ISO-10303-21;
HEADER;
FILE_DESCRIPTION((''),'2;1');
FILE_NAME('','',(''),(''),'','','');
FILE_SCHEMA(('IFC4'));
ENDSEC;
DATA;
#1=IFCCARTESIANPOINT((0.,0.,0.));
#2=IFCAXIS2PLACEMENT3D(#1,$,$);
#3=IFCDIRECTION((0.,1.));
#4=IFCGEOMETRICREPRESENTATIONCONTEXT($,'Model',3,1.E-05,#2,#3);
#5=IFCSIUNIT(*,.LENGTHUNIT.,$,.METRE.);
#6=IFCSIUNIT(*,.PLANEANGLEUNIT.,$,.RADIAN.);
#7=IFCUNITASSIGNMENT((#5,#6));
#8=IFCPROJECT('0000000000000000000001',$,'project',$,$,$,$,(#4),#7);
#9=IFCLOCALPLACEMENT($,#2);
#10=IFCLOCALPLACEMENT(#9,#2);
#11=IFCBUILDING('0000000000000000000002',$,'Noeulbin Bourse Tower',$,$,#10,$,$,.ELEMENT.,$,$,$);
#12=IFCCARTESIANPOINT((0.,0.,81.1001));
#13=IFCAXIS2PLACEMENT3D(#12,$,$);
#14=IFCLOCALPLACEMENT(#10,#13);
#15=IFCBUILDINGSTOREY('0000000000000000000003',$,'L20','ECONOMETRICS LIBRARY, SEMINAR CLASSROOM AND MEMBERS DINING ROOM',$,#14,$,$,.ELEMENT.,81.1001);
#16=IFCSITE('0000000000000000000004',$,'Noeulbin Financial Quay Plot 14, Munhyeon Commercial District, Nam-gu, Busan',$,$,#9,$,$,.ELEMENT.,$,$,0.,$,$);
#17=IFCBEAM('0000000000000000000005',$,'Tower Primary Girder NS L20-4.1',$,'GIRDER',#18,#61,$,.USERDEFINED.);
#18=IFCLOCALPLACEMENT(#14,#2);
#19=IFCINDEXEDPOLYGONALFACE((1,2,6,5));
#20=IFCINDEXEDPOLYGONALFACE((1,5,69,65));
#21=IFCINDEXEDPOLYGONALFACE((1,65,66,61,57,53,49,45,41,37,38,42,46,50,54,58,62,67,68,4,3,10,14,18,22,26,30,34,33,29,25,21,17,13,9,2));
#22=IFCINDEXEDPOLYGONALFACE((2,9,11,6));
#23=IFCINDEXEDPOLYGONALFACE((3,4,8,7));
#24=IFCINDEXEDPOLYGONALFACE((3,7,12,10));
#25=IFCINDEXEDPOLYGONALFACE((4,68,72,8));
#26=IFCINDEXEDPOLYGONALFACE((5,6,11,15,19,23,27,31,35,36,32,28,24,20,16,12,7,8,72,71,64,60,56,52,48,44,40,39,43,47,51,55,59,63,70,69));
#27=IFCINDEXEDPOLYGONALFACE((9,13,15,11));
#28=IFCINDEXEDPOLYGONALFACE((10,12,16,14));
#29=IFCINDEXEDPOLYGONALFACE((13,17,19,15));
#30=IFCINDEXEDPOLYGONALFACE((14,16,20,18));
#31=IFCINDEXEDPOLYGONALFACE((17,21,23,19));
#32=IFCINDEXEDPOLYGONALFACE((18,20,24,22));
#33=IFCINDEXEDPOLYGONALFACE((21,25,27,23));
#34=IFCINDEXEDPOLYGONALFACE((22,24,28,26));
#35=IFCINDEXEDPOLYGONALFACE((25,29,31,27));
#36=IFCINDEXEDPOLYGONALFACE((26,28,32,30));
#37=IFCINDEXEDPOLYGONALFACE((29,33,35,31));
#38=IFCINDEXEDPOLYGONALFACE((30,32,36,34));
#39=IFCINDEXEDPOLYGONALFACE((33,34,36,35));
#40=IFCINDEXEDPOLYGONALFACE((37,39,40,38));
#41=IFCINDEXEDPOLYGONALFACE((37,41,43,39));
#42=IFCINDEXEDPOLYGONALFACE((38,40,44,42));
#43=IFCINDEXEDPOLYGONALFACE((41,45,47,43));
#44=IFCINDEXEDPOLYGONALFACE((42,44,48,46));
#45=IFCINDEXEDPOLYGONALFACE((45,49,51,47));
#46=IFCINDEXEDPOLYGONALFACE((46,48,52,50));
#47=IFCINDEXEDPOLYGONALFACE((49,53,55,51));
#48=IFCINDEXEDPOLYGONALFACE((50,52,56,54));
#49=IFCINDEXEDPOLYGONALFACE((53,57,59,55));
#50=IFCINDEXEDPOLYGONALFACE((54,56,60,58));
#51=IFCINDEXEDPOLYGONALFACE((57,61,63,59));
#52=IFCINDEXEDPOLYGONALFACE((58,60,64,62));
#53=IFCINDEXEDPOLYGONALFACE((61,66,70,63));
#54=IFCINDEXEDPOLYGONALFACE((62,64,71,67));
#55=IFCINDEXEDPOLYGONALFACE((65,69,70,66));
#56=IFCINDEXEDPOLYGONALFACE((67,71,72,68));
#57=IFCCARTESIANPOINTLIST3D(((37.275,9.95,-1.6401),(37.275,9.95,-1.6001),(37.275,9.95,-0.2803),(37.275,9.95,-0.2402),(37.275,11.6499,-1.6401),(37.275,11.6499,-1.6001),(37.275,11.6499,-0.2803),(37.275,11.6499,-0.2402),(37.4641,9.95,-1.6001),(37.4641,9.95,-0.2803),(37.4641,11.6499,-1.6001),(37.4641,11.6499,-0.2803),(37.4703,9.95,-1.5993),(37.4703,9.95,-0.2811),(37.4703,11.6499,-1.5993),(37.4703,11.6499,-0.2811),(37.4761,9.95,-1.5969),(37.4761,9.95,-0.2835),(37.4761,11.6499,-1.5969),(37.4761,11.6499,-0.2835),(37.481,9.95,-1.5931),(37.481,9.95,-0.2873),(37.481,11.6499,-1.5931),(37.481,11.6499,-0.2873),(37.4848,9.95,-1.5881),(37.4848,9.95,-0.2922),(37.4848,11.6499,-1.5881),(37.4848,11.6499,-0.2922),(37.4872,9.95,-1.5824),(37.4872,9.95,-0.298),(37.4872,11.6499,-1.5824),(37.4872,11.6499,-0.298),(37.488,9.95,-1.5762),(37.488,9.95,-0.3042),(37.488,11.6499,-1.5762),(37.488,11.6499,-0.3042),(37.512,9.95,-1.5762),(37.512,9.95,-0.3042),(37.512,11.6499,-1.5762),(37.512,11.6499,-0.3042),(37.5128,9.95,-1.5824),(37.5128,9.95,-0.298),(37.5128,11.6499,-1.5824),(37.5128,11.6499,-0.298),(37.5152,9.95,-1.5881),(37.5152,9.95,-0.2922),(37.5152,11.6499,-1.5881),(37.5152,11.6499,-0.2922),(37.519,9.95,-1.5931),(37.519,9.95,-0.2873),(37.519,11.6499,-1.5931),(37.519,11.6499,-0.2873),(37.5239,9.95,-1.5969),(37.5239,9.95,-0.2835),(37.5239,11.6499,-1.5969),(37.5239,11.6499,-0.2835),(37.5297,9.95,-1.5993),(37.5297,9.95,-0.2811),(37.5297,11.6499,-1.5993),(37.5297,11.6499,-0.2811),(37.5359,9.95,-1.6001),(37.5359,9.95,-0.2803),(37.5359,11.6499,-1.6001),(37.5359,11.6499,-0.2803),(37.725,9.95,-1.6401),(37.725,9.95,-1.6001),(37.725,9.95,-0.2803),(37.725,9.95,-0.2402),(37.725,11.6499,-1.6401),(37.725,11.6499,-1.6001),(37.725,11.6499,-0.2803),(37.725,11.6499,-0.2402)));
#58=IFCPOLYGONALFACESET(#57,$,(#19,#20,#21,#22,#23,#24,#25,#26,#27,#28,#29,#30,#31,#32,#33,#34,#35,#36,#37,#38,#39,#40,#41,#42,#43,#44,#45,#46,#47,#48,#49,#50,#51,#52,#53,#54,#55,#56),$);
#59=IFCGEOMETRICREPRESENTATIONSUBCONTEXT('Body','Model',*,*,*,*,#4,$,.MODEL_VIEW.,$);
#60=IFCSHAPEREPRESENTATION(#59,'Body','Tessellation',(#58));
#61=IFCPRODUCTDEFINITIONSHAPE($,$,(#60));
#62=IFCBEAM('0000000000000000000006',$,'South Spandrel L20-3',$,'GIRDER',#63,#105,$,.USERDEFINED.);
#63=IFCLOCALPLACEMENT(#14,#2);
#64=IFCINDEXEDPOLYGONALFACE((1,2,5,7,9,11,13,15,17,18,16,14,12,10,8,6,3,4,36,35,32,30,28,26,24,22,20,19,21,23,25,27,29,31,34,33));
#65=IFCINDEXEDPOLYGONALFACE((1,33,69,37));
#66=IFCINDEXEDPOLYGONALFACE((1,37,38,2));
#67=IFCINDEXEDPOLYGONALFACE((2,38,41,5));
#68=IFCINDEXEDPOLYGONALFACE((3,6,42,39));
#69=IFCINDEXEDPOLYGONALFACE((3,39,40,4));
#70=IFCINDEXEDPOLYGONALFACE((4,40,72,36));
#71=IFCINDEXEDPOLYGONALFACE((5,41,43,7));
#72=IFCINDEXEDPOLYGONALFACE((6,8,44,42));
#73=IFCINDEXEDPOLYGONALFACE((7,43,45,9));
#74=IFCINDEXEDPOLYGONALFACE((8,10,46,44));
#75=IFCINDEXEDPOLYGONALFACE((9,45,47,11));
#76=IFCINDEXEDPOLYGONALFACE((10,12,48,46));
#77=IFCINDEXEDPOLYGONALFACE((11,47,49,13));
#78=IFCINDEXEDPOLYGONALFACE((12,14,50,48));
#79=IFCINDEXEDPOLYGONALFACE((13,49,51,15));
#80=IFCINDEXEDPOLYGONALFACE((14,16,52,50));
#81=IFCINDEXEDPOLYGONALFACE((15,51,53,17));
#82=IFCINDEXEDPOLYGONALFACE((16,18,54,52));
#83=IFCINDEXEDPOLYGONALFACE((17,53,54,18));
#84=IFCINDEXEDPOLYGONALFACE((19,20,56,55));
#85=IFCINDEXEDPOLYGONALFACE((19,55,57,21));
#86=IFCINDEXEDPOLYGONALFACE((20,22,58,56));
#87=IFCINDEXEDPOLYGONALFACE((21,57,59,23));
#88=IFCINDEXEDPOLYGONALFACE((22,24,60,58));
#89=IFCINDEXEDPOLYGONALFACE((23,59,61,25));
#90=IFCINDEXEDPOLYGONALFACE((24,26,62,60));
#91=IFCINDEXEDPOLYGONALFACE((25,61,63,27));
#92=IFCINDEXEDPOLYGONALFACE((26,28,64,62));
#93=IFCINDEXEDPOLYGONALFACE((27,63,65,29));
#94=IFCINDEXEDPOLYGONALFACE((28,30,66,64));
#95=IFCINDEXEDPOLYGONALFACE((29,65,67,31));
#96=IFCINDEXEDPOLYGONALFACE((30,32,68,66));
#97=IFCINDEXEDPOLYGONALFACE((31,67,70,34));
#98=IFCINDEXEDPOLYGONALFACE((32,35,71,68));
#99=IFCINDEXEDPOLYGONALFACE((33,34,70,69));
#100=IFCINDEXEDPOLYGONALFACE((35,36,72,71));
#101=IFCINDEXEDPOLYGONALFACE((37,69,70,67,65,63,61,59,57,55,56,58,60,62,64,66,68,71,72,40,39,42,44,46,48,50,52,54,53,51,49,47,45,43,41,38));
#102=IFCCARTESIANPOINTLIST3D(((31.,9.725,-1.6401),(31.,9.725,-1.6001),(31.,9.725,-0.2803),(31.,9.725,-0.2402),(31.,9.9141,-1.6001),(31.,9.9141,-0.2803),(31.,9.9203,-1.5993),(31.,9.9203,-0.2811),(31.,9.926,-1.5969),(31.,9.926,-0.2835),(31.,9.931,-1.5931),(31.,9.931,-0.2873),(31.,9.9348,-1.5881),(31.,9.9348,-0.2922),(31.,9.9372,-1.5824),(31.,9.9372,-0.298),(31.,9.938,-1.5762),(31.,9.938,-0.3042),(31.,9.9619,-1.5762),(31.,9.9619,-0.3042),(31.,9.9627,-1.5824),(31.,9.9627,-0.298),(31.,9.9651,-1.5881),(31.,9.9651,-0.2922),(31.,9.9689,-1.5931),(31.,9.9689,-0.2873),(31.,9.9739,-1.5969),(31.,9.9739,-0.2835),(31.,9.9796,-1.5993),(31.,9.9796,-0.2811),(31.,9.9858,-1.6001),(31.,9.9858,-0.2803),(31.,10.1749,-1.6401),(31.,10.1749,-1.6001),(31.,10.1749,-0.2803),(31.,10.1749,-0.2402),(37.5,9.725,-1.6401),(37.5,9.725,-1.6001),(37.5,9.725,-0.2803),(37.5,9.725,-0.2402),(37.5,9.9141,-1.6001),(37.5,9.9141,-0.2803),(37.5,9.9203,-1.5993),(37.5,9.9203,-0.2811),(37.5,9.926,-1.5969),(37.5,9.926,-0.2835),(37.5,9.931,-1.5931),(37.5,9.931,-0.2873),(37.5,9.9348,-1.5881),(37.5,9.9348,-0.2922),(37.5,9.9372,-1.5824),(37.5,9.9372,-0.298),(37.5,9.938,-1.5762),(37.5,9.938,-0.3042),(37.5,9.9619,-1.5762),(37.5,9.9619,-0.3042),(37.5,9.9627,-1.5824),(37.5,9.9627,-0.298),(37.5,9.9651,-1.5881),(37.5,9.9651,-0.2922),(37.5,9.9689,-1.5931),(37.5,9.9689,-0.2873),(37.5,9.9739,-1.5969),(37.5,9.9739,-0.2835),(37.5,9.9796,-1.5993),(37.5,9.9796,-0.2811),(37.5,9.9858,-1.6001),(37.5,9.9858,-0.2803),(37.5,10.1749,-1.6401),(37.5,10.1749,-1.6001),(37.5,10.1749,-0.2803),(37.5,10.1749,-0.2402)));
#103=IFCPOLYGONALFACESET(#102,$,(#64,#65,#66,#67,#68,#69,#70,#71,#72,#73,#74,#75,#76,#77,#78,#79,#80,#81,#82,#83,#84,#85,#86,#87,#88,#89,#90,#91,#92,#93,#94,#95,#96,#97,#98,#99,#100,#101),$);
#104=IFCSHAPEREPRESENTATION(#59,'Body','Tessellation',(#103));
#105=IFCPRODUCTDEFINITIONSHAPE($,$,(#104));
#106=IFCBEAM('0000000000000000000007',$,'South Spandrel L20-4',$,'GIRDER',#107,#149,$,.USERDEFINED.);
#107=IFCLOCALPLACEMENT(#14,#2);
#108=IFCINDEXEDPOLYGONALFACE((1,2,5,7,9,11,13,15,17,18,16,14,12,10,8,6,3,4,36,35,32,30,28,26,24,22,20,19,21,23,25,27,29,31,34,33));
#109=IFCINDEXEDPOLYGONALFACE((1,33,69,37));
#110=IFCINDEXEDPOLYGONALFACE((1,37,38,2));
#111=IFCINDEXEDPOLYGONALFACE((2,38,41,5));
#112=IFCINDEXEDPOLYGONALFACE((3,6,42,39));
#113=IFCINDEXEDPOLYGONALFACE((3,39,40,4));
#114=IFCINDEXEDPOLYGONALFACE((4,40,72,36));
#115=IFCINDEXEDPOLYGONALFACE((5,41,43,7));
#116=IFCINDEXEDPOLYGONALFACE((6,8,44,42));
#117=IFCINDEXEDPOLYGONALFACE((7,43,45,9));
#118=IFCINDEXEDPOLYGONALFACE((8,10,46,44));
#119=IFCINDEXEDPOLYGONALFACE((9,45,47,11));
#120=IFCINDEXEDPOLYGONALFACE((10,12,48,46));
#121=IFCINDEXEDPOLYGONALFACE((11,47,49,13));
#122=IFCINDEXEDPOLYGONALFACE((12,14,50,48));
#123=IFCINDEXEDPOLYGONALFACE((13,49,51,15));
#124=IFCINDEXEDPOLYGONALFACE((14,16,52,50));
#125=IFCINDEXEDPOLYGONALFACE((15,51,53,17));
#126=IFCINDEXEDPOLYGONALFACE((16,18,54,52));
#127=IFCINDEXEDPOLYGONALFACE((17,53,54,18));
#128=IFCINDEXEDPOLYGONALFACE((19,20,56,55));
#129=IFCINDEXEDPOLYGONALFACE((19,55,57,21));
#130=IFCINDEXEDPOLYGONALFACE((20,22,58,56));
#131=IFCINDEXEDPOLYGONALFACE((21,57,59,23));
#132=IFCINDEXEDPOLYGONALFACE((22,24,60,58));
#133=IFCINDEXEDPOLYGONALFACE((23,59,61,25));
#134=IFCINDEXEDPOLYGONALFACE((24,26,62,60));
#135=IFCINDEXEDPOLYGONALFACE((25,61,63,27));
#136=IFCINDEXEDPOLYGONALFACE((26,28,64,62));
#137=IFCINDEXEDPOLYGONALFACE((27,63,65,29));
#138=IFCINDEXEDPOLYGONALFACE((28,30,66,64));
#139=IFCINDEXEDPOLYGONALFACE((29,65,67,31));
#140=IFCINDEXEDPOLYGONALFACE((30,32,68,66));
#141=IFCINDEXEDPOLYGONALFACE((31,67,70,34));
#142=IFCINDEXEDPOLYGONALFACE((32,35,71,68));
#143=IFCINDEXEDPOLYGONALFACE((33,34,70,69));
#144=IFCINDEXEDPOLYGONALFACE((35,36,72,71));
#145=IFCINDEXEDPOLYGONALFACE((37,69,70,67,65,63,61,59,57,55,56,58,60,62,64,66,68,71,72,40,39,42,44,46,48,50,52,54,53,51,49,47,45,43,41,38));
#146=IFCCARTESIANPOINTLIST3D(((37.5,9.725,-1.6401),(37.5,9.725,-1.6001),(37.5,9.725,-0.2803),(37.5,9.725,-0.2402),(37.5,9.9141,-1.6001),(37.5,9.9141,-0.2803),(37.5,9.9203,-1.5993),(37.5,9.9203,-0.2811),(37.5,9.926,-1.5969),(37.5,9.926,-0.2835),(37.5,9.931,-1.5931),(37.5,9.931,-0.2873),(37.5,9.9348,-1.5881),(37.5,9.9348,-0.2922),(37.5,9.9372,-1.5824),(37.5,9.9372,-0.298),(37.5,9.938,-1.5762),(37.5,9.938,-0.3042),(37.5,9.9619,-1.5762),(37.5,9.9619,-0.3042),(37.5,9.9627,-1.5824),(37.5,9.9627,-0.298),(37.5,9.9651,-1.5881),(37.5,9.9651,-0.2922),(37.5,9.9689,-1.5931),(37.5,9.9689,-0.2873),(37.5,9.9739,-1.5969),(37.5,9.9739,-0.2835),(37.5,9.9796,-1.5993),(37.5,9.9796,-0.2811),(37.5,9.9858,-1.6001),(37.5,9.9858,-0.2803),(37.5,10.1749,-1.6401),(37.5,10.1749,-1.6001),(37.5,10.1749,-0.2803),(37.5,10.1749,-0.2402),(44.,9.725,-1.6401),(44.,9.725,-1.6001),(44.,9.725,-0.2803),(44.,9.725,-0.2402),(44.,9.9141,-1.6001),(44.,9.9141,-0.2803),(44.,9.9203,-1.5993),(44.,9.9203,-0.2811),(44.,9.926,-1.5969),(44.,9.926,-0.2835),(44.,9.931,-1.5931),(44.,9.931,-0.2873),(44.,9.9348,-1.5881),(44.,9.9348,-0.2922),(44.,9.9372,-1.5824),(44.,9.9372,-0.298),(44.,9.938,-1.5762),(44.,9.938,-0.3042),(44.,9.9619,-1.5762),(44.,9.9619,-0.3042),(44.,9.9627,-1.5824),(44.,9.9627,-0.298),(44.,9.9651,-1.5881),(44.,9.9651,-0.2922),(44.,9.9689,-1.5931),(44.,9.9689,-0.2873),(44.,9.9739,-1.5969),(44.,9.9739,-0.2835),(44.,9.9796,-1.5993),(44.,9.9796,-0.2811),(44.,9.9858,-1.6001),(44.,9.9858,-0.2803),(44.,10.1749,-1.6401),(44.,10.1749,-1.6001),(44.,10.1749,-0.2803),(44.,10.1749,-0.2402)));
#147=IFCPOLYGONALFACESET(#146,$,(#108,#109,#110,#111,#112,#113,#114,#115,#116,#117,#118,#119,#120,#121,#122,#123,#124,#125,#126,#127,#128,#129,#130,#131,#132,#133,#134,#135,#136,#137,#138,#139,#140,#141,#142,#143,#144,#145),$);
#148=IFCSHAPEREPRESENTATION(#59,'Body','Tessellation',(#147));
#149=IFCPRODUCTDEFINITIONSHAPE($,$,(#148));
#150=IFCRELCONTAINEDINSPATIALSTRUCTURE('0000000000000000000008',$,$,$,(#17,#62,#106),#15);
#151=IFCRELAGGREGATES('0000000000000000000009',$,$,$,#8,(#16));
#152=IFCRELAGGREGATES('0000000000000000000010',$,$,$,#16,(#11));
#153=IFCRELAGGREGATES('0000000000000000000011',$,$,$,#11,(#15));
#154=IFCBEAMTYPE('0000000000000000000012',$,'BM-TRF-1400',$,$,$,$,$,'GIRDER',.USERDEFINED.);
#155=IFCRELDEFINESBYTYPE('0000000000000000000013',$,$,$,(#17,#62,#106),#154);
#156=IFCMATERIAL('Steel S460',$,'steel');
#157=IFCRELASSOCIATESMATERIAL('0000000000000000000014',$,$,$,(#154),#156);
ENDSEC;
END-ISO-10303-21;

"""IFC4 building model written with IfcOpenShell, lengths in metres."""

from ifc_helpers import new_model, si_unit, direction, frame, origin, origin_2d, place, context, subcontext, project, spatial, i_section, extrude, material, material_profile, profile_set, type_object, element, save


model = new_model("IFC4")

# Units and contexts
model_context = context("Model", 3, precision=1e-05, world=origin(), true_north=direction((0.0, 1.0)))
body_context = subcontext(model_context, "Body", "Model", "MODEL_VIEW")
ifc_project = project(units=[si_unit("LENGTHUNIT", "METRE"), si_unit("PLANEANGLEUNIT", "RADIAN")], contexts=[model_context])

# Site, building, storey
site_placement = place(None, origin())
site = spatial("IfcSite", under=ifc_project, at=site_placement, Name="Noeulbin Financial Quay Plot 14, Munhyeon Commercial District, Nam-gu, Busan", CompositionType="ELEMENT", RefElevation=0.0)
building_placement = place(site_placement, origin())
building = spatial("IfcBuilding", under=site, at=building_placement, Name="Noeulbin Bourse Tower", CompositionType="ELEMENT")
storey_placement = place(building_placement, frame((0.0, 0.0, 81.1001)))
storey = spatial("IfcBuildingStorey", under=building, at=storey_placement, Name="L20", Description="ECONOMETRICS LIBRARY, SEMINAR CLASSROOM AND MEMBERS DINING ROOM", CompositionType="ELEMENT", Elevation=81.1001)

# Shared definitions
ifc_material_1 = material(Name="Steel S460", Category="steel")

# Beams
ifc_material_profile_1 = material_profile(ifc_material_1, i_section(OverallWidth=0.45, OverallDepth=1.3999, WebThickness=0.0239, FlangeThickness=0.04, FilletRadius=0.0239, at=origin_2d()), Name="PG-1400x450x24x40", Category="LoadBearing")
ifc_profile_set_1 = profile_set([ifc_material_profile_1], Name="Steel S460")
beam_type_1 = type_object("IfcBeamType", Name="BM-TRF-1400", ElementType="GIRDER", PredefinedType="USERDEFINED", material=ifc_profile_set_1)
for number, where, z_axis, x_axis, name in (
    (1, (37.5, 9.95, -0.9402), (0.0, 1.0, 0.0), (-1.0, 0.0, 0.0), "Tower Primary Girder NS L20-4.1"),
):
    element("IfcBeam", number, at=place(storey_placement, frame(where, z_axis=z_axis, x_axis=x_axis)), inside=storey, type_object=beam_type_1, Name=name, ObjectType="GIRDER", PredefinedType="USERDEFINED", context=body_context, shape_type="SweptSolid", body=[
        extrude(i_section(OverallWidth=0.45, OverallDepth=1.3999, WebThickness=0.0239, FlangeThickness=0.04, FilletRadius=0.0239, at=origin_2d()), origin(), (0.0, 0.0, 1.0), 1.7),
    ])
for number, where, z_axis, x_axis, name in (
    (2, (31.0, 9.95, -0.9402), (1.0, 0.0, 0.0), (0.0, 1.0, 0.0), "South Spandrel L20-3"),
    (3, (37.5, 9.95, -0.9402), (1.0, 0.0, 0.0), (0.0, 1.0, 0.0), "South Spandrel L20-4"),
):
    element("IfcBeam", number, at=place(storey_placement, frame(where, z_axis=z_axis, x_axis=x_axis)), inside=storey, type_object=beam_type_1, Name=name, ObjectType="GIRDER", PredefinedType="USERDEFINED", context=body_context, shape_type="SweptSolid", body=[
        extrude(i_section(OverallWidth=0.45, OverallDepth=1.3999, WebThickness=0.0239, FlangeThickness=0.04, FilletRadius=0.0239, at=origin_2d()), origin(), (0.0, 0.0, 1.0), 6.5),
    ])

save(model, "model.ifc")
